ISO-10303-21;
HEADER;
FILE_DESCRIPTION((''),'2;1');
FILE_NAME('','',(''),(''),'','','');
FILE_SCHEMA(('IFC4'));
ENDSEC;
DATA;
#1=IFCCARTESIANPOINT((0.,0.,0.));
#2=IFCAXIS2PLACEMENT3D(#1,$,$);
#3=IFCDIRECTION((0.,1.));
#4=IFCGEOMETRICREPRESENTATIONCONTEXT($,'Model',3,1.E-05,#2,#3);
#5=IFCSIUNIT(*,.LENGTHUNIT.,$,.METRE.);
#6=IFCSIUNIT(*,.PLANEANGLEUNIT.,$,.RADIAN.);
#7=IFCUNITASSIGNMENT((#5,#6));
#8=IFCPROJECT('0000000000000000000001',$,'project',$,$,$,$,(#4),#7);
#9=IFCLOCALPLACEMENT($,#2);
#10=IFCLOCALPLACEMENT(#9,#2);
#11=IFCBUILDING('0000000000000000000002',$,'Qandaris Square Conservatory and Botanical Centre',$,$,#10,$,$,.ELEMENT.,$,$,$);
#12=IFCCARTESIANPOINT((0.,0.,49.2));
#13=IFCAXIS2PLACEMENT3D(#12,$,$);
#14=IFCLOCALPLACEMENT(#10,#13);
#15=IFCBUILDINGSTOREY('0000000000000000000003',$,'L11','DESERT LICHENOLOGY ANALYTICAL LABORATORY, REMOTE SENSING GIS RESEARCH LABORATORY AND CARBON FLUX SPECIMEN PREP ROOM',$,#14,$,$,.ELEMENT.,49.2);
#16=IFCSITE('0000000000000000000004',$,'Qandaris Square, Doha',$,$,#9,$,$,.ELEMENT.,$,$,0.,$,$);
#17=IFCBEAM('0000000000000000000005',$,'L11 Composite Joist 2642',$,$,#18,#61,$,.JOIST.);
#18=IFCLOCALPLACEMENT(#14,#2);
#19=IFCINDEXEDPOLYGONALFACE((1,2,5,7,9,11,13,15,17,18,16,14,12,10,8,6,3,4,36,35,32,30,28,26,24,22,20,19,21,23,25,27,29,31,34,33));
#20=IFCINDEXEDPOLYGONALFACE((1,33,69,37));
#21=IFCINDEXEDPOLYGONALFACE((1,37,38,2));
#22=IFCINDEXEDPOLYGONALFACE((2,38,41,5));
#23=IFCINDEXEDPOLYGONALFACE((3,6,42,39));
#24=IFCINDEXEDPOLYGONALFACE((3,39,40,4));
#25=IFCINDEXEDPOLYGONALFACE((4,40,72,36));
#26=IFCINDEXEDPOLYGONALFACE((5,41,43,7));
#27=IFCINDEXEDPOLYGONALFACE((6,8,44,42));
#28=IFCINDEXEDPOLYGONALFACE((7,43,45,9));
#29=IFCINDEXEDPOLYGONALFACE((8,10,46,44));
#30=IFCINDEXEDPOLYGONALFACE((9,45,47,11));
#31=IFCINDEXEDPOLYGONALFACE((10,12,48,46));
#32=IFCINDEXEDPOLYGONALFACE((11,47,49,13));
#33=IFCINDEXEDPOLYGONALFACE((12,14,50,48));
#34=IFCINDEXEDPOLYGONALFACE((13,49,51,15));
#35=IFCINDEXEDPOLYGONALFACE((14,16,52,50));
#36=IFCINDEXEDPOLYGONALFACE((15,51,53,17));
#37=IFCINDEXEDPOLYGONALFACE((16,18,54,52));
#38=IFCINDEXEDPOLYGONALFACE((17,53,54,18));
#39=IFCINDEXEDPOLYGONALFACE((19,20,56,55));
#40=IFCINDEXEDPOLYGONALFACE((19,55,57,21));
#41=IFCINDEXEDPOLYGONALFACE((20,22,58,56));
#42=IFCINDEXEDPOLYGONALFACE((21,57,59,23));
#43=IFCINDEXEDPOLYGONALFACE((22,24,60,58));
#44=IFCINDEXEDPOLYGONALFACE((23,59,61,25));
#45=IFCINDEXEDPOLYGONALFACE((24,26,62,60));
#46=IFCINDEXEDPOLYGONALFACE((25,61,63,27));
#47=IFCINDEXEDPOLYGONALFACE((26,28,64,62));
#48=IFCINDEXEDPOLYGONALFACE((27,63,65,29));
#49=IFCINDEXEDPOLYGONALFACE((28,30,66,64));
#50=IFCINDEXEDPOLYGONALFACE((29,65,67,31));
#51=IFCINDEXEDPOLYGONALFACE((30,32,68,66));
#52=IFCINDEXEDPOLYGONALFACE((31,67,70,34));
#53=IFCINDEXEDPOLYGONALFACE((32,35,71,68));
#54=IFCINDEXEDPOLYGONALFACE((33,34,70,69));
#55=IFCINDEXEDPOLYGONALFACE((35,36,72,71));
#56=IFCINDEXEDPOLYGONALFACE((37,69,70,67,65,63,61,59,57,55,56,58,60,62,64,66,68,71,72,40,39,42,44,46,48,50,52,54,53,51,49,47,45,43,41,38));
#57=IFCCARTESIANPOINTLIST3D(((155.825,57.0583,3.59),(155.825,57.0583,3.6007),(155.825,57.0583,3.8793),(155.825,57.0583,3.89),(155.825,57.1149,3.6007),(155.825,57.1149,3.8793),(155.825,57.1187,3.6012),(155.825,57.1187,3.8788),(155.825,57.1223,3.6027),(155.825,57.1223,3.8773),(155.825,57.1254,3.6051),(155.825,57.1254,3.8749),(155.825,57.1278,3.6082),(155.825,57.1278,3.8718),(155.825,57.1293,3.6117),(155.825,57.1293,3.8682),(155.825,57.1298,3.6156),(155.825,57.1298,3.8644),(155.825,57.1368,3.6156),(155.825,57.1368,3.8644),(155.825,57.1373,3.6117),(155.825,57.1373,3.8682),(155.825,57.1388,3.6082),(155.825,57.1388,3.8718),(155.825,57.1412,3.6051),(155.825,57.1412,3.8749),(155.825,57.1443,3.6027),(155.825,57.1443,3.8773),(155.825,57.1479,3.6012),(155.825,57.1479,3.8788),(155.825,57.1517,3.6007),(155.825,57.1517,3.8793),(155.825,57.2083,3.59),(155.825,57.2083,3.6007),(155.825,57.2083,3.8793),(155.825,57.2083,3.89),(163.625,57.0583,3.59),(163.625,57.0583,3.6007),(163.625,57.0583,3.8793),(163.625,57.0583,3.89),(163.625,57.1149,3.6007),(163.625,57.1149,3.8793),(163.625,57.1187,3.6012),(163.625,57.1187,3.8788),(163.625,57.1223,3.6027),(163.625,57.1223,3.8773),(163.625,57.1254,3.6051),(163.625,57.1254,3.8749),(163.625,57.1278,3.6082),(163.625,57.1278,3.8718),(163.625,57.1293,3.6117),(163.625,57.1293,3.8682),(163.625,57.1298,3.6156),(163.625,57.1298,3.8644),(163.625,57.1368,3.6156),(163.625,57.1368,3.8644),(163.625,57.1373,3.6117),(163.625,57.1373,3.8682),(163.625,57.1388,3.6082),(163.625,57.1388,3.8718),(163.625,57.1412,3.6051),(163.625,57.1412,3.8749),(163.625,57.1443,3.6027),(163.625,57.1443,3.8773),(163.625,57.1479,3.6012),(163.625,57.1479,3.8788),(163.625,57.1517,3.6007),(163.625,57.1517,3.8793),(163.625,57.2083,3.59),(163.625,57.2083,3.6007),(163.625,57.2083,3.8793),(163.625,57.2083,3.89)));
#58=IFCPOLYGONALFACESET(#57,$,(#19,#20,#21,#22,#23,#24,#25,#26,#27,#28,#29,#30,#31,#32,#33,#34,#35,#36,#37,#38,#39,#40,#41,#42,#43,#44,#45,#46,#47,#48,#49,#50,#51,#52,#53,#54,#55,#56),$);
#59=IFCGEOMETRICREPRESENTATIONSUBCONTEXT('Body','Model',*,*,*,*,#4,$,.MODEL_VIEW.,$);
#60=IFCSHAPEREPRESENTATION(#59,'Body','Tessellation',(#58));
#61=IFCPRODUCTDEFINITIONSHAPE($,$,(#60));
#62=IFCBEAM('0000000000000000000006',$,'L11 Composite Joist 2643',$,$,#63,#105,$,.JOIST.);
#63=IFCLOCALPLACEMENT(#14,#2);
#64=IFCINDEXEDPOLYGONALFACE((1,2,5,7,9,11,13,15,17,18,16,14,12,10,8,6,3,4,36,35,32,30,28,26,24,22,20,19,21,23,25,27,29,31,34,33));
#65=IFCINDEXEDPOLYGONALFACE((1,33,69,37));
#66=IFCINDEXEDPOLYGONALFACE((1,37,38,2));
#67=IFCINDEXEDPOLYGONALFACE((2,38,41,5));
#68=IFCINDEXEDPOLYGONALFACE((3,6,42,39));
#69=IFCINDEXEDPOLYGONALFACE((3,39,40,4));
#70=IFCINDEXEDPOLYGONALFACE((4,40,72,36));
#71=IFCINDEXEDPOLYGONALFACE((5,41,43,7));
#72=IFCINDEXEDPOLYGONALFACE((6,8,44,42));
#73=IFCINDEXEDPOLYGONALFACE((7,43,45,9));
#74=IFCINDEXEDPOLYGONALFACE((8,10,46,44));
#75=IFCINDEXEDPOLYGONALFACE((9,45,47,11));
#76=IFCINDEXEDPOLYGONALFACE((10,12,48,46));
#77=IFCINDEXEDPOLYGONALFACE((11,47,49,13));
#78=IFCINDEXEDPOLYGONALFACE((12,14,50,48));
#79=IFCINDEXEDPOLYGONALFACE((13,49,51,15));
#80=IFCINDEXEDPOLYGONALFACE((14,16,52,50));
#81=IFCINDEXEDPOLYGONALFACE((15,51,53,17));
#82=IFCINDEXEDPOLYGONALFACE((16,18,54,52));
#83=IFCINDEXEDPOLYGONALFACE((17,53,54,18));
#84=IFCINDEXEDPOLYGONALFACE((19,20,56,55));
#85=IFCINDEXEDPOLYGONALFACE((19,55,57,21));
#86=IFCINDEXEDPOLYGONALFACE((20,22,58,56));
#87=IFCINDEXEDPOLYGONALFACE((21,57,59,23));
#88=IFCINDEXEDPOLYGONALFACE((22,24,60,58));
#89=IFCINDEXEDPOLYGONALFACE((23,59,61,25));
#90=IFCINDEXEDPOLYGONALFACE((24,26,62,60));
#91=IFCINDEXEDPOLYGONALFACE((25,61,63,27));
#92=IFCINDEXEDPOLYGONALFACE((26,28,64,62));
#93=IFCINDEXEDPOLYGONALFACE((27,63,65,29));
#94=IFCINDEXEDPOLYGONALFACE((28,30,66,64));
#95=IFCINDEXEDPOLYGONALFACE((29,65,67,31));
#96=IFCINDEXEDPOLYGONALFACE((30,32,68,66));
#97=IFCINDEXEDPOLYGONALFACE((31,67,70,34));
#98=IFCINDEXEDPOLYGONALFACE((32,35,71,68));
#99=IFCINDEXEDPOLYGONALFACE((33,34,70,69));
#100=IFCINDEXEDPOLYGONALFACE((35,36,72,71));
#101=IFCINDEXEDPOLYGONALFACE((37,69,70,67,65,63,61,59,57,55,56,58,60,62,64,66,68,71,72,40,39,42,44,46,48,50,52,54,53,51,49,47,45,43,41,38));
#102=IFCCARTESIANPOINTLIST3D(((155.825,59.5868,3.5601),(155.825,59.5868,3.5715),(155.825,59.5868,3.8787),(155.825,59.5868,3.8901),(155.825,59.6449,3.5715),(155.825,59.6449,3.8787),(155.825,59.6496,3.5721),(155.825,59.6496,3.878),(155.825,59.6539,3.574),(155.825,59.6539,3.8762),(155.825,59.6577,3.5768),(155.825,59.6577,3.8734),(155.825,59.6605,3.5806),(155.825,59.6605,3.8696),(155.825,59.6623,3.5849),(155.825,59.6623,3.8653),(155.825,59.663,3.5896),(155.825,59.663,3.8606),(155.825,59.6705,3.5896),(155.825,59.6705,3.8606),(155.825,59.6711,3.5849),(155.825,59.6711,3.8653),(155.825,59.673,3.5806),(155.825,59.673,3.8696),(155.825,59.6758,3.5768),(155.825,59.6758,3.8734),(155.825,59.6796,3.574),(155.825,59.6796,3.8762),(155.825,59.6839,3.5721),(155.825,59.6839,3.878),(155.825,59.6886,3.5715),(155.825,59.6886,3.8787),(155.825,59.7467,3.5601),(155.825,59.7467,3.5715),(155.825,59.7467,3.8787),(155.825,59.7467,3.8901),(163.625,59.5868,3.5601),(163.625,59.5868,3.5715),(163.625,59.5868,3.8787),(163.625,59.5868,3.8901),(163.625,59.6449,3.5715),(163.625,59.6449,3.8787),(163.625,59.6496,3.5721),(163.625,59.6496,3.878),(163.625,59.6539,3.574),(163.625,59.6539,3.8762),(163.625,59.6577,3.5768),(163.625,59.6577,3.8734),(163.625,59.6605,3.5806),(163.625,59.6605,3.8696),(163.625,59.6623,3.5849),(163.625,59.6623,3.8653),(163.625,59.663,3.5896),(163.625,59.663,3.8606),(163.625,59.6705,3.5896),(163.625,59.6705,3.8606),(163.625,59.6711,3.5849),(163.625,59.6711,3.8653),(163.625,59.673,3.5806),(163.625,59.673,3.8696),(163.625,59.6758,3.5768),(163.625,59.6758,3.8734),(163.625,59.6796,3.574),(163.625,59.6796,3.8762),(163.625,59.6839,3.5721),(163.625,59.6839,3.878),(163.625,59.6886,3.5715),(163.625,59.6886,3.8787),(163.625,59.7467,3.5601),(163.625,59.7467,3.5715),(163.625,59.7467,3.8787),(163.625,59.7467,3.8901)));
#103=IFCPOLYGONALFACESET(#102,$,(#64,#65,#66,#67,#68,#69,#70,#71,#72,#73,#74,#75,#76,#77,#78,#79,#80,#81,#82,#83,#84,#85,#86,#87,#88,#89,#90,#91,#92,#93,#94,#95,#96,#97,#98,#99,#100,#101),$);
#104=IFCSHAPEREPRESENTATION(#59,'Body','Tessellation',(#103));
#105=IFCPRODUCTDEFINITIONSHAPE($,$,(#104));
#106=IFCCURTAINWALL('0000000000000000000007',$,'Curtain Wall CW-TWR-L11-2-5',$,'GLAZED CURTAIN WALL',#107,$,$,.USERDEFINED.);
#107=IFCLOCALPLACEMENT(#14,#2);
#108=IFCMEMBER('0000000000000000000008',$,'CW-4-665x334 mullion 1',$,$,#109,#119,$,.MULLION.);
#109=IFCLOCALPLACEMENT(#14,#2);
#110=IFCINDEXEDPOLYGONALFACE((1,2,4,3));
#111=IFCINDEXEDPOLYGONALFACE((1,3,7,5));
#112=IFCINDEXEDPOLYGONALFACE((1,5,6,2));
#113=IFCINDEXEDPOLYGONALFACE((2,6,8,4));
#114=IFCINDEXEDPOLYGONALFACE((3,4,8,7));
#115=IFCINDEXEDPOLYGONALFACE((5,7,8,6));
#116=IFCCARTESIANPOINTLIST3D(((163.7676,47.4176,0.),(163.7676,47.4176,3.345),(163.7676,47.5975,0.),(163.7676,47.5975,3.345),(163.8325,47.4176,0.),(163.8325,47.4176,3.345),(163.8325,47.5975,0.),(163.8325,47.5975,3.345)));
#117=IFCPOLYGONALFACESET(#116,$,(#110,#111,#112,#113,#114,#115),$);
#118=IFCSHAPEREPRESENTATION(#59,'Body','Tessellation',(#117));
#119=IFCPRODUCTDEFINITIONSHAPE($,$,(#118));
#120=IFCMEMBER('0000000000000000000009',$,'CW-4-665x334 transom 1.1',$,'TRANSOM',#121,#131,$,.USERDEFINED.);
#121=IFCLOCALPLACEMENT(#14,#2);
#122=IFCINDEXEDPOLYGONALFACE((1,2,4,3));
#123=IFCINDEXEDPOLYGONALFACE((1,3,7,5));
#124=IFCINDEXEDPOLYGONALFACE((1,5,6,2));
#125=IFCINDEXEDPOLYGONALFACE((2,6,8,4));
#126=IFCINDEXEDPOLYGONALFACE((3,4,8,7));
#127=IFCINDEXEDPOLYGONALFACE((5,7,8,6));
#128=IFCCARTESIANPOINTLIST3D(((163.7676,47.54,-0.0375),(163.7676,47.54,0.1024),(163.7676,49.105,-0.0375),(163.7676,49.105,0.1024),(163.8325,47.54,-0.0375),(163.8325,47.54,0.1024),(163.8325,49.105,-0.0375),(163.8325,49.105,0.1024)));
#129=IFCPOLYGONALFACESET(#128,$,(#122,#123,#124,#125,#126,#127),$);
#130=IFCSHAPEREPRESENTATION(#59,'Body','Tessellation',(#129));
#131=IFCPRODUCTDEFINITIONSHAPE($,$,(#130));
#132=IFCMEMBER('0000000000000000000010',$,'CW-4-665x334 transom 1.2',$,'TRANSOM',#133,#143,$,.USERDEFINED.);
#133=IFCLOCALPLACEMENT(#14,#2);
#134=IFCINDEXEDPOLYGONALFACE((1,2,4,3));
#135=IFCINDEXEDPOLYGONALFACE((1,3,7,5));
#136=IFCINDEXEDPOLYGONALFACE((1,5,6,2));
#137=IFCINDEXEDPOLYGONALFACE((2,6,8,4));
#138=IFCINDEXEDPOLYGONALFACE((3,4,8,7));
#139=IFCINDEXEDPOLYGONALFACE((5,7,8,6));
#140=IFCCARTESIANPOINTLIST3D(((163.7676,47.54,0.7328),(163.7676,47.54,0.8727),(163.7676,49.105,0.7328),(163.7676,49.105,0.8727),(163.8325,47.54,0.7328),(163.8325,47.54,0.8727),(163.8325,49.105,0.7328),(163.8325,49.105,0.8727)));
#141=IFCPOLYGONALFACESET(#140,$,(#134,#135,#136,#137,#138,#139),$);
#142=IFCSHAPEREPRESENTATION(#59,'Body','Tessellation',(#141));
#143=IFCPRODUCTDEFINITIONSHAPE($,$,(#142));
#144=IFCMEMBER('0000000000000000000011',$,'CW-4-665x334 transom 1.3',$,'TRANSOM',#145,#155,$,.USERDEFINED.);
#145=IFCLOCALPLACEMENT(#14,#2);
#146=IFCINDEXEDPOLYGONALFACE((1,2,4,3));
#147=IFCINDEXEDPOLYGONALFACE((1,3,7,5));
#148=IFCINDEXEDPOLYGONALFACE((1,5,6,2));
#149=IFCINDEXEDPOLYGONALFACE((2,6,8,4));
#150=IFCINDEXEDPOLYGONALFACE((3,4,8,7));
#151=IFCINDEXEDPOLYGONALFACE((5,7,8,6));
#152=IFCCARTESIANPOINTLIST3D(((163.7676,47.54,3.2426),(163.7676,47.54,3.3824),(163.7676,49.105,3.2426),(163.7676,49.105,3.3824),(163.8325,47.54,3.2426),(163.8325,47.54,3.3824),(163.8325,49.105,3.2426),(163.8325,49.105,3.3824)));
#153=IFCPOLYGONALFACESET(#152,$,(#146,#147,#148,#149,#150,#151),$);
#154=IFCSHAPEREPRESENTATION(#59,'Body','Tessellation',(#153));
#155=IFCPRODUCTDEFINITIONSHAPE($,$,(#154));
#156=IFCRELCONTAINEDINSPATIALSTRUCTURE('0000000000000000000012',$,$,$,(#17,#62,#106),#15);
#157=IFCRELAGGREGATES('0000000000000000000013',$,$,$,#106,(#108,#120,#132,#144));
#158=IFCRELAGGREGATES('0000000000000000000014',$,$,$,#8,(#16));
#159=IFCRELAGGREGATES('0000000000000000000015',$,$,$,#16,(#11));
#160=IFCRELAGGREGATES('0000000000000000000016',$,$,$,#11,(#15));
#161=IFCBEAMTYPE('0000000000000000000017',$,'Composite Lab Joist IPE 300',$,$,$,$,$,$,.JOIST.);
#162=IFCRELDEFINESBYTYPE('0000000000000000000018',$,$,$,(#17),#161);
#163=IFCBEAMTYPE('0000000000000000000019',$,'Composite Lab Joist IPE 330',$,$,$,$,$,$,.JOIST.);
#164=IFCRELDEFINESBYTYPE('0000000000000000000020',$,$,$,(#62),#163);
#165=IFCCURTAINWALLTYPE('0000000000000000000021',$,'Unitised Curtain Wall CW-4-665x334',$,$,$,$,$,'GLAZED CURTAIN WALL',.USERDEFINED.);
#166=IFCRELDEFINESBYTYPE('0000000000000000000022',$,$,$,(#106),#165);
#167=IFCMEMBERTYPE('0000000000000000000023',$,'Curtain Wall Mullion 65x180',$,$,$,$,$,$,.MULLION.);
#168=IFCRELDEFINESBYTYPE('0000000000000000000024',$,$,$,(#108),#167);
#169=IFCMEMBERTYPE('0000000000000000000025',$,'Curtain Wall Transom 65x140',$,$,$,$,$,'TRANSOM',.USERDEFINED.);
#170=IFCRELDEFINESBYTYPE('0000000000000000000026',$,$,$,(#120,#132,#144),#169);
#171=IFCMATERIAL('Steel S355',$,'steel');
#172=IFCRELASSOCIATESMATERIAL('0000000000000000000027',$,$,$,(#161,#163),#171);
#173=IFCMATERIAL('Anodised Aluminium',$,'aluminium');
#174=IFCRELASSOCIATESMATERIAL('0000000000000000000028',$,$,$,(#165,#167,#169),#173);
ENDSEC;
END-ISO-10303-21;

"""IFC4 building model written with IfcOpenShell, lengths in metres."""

from ifc_helpers import new_model, si_unit, direction, frame, origin, origin_2d, place, context, subcontext, project, spatial, rectangle, i_section, extrude, material, material_profile, profile_set, type_object, element, aggregate, save


model = new_model("IFC4")

# Units and contexts
model_context = context("Model", 3, precision=1e-05, world=origin(), true_north=direction((0.0, 1.0)))
body_context = subcontext(model_context, "Body", "Model", "MODEL_VIEW")
ifc_project = project(units=[si_unit("LENGTHUNIT", "METRE"), si_unit("PLANEANGLEUNIT", "RADIAN")], contexts=[model_context])

# Site, building, storey
site_placement = place(None, origin())
site = spatial("IfcSite", under=ifc_project, at=site_placement, Name="Qandaris Square, Doha", CompositionType="ELEMENT", RefElevation=0.0)
building_placement = place(site_placement, origin())
building = spatial("IfcBuilding", under=site, at=building_placement, Name="Qandaris Square Conservatory and Botanical Centre", CompositionType="ELEMENT")
storey_placement = place(building_placement, frame((0.0, 0.0, 49.2)))
storey = spatial("IfcBuildingStorey", under=building, at=storey_placement, Name="L11", Description="DESERT LICHENOLOGY ANALYTICAL LABORATORY, REMOTE SENSING GIS RESEARCH LABORATORY AND CARBON FLUX SPECIMEN PREP ROOM", CompositionType="ELEMENT", Elevation=49.2)

# Beams
ifc_material_1 = material(Name="Steel S355", Category="steel")
ifc_material_profile_1 = material_profile(ifc_material_1, i_section(OverallWidth=0.1499, OverallDepth=0.3, WebThickness=0.0071, FlangeThickness=0.0107, FilletRadius=0.0149, at=origin_2d()), Name="IPE 300")
ifc_profile_set_1 = profile_set([ifc_material_profile_1], Name="Steel S355")
beam_type_1 = type_object("IfcBeamType", Name="Composite Lab Joist IPE 300", PredefinedType="JOIST", material=ifc_profile_set_1)
for number, where, z_axis, x_axis, name in (
    (1, (155.825, 57.1333, 3.74), (1.0, 0.0, 0.0), (0.0, 1.0, 0.0), "L11 Composite Joist 2642"),
):
    element("IfcBeam", number, at=place(storey_placement, frame(where, z_axis=z_axis, x_axis=x_axis)), inside=storey, type_object=beam_type_1, Name=name, PredefinedType="JOIST", context=body_context, shape_type="SweptSolid", body=[
        extrude(i_section(OverallWidth=0.1499, OverallDepth=0.3, WebThickness=0.0071, FlangeThickness=0.0107, FilletRadius=0.0149, at=origin_2d()), origin(), (0.0, 0.0, 1.0), 7.8),
    ])
ifc_material_profile_2 = material_profile(ifc_material_1, i_section(OverallWidth=0.1599, OverallDepth=0.3301, WebThickness=0.0076, FlangeThickness=0.0115, FilletRadius=0.0181, at=origin_2d()), Name="IPE 330")
ifc_profile_set_2 = profile_set([ifc_material_profile_2], Name="Steel S355")
beam_type_2 = type_object("IfcBeamType", Name="Composite Lab Joist IPE 330", PredefinedType="JOIST", material=ifc_profile_set_2)
beam_1_placement = place(storey_placement, frame((155.825, 59.6667, 3.7251), z_axis=(1.0, 0.0, 0.0), x_axis=(0.0, 1.0, 0.0)))
element("IfcBeam", 2, at=beam_1_placement, inside=storey, type_object=beam_type_2, Name="L11 Composite Joist 2643", PredefinedType="JOIST", context=body_context, shape_type="SweptSolid", body=[
    extrude(i_section(OverallWidth=0.1599, OverallDepth=0.3301, WebThickness=0.0076, FlangeThickness=0.0115, FilletRadius=0.0181, at=origin_2d()), origin(), (0.0, 0.0, 1.0), 7.8),
])

# Curtain wall, members
ifc_material_2 = material(Name="Anodised Aluminium", Category="aluminium")
curtain_wall_type = type_object("IfcCurtainWallType", Name="Unitised Curtain Wall CW-4-665x334", ElementType="GLAZED CURTAIN WALL", PredefinedType="USERDEFINED", material=ifc_material_2)
curtain_wall_placement = place(storey_placement, origin())
curtain_wall = element("IfcCurtainWall", 3, at=curtain_wall_placement, inside=storey, type_object=curtain_wall_type, Name="Curtain Wall CW-TWR-L11-2-5", ObjectType="GLAZED CURTAIN WALL", PredefinedType="USERDEFINED")
ifc_material_profile_3 = material_profile(ifc_material_2, rectangle(XDim=0.0649, YDim=0.1799, at=origin_2d()), Name="ALU-MUL 65x180")
ifc_profile_set_3 = profile_set([ifc_material_profile_3], Name="Anodised Aluminium")
member_type_1 = type_object("IfcMemberType", Name="Curtain Wall Mullion 65x180", PredefinedType="MULLION", material=ifc_profile_set_3)
member_1_placement = place(storey_placement, frame((163.8, 47.5076, 0.0), z_axis=(0.0, 0.0, 1.0), x_axis=(-1.0, 0.0, 0.0)))
member_1 = element("IfcMember", 4, at=member_1_placement, type_object=member_type_1, Name="CW-4-665x334 mullion 1", PredefinedType="MULLION", context=body_context, shape_type="SweptSolid", body=[
    extrude(rectangle(XDim=0.0649, YDim=0.1799, at=origin_2d()), origin(), (0.0, 0.0, 1.0), 3.345),
])
ifc_material_profile_4 = material_profile(ifc_material_2, rectangle(XDim=0.0649, YDim=0.1399, at=origin_2d()), Name="ALU-TRN 65x140")
ifc_profile_set_4 = profile_set([ifc_material_profile_4], Name="Anodised Aluminium")
member_type_2 = type_object("IfcMemberType", Name="Curtain Wall Transom 65x140", ElementType="TRANSOM", PredefinedType="USERDEFINED", material=ifc_profile_set_4)
member_2_placement = place(storey_placement, frame((163.8, 47.54, 0.0325), z_axis=(0.0, 1.0, 0.0), x_axis=(-1.0, 0.0, 0.0)))
member_2 = element("IfcMember", 5, at=member_2_placement, type_object=member_type_2, Name="CW-4-665x334 transom 1.1", ObjectType="TRANSOM", PredefinedType="USERDEFINED", context=body_context, shape_type="SweptSolid", body=[
    extrude(rectangle(XDim=0.0649, YDim=0.1399, at=origin_2d()), origin(), (0.0, 0.0, 1.0), 1.5649),
])
member_3_placement = place(storey_placement, frame((163.8, 47.54, 0.8027), z_axis=(0.0, 1.0, 0.0), x_axis=(-1.0, 0.0, 0.0)))
member_3 = element("IfcMember", 6, at=member_3_placement, type_object=member_type_2, Name="CW-4-665x334 transom 1.2", ObjectType="TRANSOM", PredefinedType="USERDEFINED", context=body_context, shape_type="SweptSolid", body=[
    extrude(rectangle(XDim=0.0649, YDim=0.1399, at=origin_2d()), origin(), (0.0, 0.0, 1.0), 1.5649),
])
member_4_placement = place(storey_placement, frame((163.8, 47.54, 3.3125), z_axis=(0.0, 1.0, 0.0), x_axis=(-1.0, 0.0, 0.0)))
member_4 = element("IfcMember", 7, at=member_4_placement, type_object=member_type_2, Name="CW-4-665x334 transom 1.3", ObjectType="TRANSOM", PredefinedType="USERDEFINED", context=body_context, shape_type="SweptSolid", body=[
    extrude(rectangle(XDim=0.0649, YDim=0.1399, at=origin_2d()), origin(), (0.0, 0.0, 1.0), 1.5649),
])
aggregate(curtain_wall, [member_1, member_2, member_3, member_4])

save(model, "model.ifc")
